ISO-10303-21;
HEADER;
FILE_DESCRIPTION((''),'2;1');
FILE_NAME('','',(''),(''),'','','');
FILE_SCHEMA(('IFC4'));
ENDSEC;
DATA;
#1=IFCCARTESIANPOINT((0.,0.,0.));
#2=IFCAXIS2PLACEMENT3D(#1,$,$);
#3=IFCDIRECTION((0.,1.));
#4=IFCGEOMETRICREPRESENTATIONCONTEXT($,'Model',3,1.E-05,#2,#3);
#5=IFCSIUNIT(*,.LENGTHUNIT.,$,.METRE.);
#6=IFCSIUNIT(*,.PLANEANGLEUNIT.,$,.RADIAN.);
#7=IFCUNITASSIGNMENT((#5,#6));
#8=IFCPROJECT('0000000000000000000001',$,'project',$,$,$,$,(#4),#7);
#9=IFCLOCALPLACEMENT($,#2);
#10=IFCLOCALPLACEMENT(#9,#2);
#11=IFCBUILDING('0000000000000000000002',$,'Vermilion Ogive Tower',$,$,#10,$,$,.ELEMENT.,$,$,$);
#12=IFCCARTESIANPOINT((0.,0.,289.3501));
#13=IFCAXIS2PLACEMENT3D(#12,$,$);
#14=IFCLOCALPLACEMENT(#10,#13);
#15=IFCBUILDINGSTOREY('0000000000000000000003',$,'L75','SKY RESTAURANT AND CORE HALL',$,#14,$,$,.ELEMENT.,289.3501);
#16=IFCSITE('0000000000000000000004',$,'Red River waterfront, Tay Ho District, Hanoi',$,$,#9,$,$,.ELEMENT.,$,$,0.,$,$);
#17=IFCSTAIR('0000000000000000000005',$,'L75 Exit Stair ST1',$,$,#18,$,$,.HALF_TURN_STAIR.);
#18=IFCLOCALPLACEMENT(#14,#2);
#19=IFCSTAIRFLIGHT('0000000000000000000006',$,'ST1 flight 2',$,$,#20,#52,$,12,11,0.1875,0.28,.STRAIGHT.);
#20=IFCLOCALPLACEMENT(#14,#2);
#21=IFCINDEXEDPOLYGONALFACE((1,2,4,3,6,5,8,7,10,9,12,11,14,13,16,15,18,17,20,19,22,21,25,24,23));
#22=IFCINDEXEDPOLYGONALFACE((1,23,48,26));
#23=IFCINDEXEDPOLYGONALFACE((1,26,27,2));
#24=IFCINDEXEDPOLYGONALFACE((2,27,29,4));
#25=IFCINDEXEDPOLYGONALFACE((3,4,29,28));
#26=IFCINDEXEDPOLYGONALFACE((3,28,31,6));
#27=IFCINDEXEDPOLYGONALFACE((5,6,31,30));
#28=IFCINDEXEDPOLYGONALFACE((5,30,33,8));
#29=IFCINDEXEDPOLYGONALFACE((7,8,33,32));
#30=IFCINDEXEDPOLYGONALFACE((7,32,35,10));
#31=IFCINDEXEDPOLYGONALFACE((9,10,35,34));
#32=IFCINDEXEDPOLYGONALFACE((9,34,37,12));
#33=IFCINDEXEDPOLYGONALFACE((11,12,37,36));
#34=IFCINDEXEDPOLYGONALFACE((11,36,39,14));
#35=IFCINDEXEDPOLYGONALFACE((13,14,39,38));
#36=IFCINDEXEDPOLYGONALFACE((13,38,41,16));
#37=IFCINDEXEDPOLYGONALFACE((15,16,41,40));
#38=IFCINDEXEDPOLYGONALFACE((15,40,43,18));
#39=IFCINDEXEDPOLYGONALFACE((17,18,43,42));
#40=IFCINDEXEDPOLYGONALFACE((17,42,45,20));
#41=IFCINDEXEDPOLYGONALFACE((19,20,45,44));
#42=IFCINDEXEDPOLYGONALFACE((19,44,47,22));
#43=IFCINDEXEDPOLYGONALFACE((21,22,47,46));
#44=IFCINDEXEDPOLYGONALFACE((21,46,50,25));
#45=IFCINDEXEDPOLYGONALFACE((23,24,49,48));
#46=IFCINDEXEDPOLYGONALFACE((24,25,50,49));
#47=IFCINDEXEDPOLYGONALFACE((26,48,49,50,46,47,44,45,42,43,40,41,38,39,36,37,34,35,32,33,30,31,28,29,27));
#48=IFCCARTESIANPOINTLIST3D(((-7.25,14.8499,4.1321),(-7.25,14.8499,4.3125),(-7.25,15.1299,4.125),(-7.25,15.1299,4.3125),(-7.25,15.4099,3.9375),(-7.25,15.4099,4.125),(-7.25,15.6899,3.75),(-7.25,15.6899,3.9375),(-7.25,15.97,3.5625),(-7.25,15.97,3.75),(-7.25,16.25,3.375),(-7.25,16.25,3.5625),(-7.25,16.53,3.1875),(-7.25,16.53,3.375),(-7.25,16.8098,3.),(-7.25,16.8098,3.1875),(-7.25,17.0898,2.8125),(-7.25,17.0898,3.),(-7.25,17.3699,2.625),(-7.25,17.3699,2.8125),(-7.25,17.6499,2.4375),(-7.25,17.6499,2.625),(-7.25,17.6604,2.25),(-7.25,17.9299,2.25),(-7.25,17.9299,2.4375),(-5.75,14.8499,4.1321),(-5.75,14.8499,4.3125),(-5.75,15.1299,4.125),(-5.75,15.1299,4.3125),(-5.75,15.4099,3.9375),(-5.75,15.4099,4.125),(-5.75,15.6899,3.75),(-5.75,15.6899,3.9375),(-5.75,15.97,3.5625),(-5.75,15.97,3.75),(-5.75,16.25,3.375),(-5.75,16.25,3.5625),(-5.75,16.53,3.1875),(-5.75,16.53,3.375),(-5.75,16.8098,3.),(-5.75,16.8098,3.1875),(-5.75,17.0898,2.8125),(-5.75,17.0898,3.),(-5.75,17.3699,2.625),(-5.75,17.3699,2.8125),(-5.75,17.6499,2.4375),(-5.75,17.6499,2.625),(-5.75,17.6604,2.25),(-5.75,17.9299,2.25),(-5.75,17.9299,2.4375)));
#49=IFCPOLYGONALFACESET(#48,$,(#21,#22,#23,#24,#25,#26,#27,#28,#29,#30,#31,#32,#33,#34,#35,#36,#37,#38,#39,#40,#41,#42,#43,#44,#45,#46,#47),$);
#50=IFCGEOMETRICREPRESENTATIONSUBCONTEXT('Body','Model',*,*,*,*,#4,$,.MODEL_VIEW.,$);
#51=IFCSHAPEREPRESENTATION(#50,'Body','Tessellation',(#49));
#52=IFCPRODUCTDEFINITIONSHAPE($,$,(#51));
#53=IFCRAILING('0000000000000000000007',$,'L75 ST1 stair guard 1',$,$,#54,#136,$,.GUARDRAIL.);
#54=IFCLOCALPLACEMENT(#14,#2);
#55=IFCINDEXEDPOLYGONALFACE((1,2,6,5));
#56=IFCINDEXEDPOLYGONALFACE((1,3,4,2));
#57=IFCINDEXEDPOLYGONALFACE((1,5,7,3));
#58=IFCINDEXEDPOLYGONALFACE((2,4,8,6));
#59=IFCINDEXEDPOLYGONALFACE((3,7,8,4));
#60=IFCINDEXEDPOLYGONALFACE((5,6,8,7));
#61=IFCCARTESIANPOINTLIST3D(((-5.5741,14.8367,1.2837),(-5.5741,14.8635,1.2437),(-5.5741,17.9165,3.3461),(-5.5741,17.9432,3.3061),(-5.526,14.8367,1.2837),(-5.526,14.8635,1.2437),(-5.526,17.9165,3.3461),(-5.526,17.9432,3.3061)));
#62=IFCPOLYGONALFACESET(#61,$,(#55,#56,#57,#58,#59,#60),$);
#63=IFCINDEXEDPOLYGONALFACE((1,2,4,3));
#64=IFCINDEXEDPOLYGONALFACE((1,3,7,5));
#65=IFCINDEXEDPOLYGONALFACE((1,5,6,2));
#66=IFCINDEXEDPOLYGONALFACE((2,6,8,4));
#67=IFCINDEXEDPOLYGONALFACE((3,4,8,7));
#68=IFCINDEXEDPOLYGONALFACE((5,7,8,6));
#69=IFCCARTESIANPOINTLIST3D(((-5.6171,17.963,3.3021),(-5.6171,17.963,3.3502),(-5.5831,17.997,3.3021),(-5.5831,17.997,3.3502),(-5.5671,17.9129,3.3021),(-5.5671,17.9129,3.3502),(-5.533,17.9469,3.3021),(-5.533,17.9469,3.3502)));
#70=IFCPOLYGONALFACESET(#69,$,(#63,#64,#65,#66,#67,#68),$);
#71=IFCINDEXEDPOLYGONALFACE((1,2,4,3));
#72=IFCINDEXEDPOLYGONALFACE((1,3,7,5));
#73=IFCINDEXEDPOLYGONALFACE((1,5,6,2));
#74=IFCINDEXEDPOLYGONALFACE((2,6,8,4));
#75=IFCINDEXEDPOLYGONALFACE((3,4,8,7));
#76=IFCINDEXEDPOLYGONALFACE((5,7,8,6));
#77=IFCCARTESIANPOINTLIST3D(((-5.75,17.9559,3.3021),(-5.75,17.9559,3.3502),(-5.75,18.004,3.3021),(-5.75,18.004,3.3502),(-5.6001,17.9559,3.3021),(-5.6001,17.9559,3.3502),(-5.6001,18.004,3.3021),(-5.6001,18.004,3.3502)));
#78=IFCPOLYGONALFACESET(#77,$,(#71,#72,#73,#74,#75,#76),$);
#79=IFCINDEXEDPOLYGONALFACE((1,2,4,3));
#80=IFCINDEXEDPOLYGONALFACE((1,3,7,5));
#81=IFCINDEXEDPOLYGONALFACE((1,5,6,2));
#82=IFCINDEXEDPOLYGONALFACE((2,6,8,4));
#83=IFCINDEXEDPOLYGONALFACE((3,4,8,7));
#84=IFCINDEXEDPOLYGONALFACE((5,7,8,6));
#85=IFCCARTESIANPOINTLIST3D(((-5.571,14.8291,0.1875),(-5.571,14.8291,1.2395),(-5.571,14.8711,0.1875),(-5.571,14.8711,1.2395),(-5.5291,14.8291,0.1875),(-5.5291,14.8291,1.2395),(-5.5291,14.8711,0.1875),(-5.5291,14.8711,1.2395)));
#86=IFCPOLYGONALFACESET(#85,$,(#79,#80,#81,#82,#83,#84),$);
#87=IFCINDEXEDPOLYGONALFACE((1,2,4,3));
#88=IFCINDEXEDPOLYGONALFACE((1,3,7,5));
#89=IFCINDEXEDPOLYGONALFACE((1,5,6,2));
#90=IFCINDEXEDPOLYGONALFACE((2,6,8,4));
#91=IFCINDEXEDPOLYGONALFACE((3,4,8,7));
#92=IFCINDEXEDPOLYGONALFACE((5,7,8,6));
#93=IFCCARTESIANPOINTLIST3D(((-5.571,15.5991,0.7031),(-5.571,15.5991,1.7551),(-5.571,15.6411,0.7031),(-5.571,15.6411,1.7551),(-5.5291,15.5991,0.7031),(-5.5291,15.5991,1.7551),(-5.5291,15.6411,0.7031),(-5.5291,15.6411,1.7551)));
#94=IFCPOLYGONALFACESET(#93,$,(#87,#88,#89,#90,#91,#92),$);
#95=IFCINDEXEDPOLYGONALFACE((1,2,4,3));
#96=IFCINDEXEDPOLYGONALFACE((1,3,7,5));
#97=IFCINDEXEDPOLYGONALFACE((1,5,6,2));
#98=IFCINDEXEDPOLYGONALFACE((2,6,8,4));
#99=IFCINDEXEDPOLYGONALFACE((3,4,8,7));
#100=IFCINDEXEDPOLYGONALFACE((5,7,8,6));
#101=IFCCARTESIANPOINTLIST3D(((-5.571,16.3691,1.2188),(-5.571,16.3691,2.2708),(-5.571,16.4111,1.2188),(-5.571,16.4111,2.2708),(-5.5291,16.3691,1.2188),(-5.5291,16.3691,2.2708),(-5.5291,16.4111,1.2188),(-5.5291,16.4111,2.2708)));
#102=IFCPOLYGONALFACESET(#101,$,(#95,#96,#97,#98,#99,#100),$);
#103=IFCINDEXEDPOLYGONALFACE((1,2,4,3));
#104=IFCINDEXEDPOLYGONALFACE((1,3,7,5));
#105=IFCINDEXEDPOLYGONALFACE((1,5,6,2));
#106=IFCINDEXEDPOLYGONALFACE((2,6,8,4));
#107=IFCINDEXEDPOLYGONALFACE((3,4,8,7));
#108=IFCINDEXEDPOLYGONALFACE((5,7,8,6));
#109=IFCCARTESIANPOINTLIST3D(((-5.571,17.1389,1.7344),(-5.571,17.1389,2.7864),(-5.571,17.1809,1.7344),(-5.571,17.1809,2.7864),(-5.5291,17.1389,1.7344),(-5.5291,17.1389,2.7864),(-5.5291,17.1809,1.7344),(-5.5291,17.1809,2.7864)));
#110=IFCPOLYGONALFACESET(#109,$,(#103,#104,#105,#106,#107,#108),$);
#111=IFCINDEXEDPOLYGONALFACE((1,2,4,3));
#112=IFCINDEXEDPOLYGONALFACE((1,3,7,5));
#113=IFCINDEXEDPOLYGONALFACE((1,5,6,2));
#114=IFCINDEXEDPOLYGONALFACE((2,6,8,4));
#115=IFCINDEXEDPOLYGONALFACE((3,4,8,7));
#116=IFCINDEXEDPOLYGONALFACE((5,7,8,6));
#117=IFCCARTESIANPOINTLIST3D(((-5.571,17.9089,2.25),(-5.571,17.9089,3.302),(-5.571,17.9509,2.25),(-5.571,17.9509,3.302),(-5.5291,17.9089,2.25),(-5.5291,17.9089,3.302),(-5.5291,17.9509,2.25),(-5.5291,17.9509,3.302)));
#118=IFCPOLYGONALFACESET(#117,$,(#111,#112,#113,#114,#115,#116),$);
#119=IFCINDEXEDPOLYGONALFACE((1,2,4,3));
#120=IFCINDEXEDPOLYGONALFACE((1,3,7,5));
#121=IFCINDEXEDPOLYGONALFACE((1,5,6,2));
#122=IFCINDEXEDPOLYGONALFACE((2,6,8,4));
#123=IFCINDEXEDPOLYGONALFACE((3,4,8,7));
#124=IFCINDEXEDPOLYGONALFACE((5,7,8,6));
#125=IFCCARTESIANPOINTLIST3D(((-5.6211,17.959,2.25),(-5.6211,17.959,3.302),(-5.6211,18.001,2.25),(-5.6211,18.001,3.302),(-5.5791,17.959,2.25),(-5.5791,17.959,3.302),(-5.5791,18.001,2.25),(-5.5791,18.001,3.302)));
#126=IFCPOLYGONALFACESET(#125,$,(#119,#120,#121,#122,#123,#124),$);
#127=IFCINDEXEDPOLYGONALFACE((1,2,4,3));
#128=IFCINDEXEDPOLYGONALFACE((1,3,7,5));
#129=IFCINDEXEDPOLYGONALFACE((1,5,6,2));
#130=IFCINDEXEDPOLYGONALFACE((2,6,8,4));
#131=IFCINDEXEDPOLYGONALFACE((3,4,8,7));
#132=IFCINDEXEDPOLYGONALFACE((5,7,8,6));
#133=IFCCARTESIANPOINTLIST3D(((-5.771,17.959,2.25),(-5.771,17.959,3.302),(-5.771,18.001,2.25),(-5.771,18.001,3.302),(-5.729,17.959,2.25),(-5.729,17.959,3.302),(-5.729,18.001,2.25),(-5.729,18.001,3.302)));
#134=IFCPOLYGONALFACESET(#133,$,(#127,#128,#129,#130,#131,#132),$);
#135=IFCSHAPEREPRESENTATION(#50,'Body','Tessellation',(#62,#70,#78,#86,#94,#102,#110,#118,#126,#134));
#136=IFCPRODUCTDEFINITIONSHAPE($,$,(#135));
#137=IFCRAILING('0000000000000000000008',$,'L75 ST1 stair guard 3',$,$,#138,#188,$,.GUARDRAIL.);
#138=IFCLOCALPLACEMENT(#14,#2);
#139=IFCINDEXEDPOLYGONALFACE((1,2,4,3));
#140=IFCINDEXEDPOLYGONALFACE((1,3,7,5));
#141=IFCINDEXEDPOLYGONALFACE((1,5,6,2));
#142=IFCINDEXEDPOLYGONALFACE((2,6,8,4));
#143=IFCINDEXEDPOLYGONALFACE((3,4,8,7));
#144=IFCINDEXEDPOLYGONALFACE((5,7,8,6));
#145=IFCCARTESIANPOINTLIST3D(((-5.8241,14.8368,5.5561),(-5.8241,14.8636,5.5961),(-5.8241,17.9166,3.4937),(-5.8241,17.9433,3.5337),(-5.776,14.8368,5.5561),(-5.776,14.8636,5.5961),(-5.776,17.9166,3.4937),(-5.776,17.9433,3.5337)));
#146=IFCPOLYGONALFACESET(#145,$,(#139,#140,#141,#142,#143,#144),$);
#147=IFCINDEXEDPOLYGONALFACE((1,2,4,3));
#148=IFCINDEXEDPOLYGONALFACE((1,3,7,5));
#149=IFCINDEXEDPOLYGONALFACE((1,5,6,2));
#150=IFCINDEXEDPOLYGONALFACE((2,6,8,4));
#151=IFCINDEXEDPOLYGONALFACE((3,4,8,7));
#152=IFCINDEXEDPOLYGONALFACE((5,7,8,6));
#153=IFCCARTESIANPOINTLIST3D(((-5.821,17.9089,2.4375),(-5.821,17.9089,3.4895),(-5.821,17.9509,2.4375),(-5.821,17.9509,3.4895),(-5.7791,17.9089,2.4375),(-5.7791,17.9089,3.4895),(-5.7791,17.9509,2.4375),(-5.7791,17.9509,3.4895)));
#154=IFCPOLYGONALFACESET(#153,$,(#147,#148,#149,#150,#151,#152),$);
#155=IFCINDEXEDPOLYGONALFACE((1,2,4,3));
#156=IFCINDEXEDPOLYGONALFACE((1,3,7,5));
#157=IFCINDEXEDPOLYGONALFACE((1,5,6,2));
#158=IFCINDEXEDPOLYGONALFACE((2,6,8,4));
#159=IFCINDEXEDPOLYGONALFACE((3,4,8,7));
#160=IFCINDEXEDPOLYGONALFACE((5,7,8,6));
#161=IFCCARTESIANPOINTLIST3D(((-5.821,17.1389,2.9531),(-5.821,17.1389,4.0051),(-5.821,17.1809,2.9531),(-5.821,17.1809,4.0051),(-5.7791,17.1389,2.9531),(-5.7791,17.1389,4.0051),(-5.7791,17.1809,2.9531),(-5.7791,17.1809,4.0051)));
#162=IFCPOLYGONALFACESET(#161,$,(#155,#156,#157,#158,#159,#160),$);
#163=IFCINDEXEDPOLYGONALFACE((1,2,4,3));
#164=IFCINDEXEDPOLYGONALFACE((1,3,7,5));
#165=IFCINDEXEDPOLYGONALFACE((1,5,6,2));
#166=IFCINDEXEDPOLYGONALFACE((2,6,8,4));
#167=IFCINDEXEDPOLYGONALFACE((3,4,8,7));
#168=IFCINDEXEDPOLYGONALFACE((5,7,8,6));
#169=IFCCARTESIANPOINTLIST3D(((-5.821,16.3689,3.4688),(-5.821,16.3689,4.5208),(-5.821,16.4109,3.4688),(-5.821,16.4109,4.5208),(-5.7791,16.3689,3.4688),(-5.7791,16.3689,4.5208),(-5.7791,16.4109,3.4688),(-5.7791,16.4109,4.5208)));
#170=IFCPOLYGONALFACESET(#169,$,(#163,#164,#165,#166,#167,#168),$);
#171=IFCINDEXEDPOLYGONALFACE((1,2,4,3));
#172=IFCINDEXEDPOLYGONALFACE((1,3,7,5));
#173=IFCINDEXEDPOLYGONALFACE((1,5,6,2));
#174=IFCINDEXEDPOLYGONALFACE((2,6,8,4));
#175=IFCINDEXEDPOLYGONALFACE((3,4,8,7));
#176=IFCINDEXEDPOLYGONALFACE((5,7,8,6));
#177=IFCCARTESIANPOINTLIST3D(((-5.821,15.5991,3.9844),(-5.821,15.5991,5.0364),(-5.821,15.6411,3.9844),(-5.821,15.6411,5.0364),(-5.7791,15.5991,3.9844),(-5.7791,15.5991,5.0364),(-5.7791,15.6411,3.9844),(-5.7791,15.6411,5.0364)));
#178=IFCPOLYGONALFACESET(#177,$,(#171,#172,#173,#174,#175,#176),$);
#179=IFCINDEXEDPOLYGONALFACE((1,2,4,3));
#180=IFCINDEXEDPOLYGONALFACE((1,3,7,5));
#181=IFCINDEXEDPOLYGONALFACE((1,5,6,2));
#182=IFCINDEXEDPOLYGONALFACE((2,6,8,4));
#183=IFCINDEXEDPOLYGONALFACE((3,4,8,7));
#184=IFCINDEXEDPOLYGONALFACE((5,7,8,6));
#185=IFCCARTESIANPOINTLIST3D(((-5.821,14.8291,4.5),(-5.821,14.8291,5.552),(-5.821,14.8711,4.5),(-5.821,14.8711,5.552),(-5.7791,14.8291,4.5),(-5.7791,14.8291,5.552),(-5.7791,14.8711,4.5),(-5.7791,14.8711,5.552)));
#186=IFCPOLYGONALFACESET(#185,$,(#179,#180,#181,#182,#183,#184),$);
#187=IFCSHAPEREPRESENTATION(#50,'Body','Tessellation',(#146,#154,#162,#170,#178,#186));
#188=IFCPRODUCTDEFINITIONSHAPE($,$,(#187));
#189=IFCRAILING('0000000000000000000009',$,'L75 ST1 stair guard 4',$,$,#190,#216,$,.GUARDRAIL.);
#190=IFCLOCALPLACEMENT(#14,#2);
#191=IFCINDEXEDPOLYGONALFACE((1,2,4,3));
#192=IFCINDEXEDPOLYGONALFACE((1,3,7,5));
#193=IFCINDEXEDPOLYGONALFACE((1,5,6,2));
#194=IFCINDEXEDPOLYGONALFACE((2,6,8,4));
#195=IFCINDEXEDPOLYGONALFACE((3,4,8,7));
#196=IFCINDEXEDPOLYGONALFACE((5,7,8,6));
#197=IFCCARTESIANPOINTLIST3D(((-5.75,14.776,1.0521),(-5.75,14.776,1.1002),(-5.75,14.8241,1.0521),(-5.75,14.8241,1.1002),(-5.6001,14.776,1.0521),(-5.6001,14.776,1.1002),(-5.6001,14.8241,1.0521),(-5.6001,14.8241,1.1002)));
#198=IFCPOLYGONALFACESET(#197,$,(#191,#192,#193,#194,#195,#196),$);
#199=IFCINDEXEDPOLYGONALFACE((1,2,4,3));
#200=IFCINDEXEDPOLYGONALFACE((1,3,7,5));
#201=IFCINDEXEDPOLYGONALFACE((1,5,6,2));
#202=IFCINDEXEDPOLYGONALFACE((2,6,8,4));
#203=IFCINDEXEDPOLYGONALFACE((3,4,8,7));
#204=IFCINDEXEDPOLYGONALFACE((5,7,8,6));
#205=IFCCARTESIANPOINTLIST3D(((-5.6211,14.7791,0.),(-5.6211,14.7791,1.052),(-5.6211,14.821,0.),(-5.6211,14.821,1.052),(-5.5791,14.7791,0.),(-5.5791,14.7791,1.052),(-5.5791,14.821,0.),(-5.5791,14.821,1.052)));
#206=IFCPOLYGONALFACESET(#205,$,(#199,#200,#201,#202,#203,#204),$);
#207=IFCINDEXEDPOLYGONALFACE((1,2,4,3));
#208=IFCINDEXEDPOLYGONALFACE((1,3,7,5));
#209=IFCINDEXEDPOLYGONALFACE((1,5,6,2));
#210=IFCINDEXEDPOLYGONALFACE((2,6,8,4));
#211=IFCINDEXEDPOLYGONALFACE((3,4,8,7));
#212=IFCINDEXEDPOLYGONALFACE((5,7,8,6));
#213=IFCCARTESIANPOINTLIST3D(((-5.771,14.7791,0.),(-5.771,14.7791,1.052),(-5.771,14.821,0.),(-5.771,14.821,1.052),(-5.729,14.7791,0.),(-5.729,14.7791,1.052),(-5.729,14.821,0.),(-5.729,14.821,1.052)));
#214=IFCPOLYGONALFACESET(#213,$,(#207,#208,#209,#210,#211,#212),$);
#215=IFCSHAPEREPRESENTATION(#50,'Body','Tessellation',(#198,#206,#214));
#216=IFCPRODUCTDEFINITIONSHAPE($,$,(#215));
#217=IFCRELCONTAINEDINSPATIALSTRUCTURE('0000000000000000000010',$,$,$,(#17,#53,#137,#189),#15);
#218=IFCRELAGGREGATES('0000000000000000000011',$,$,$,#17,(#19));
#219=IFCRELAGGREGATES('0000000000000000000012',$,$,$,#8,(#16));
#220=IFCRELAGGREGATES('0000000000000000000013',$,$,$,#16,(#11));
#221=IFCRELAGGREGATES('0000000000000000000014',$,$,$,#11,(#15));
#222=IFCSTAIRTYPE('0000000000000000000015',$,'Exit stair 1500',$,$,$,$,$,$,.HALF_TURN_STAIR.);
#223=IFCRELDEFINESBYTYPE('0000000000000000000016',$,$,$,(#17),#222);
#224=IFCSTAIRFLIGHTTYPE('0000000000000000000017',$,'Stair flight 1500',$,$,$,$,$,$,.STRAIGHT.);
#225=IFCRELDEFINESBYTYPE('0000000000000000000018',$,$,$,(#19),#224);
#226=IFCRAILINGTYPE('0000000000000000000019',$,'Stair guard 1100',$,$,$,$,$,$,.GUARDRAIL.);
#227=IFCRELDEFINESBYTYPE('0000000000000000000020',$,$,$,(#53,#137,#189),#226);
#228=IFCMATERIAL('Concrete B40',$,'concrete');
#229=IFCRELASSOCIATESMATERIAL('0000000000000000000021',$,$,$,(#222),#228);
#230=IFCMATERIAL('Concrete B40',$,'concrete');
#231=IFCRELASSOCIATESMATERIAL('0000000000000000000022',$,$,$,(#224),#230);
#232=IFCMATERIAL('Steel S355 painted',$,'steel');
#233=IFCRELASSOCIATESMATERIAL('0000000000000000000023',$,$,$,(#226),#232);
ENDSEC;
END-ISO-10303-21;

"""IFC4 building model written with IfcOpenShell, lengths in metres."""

from ifc_helpers import new_model, si_unit, direction, frame, origin, origin_2d, place, context, subcontext, project, spatial, polyline, rectangle, outline, extrude, material, type_object, element, aggregate, save


model = new_model("IFC4")

# Units and contexts
model_context = context("Model", 3, precision=1e-05, world=origin(), true_north=direction((0.0, 1.0)))
body_context = subcontext(model_context, "Body", "Model", "MODEL_VIEW")
ifc_project = project(units=[si_unit("LENGTHUNIT", "METRE"), si_unit("PLANEANGLEUNIT", "RADIAN")], contexts=[model_context])

# Site, building, storey
site_placement = place(None, origin())
site = spatial("IfcSite", under=ifc_project, at=site_placement, Name="Red River waterfront, Tay Ho District, Hanoi", CompositionType="ELEMENT", RefElevation=0.0)
building_placement = place(site_placement, origin())
building = spatial("IfcBuilding", under=site, at=building_placement, Name="Vermilion Ogive Tower", CompositionType="ELEMENT")
storey_placement = place(building_placement, frame((0.0, 0.0, 289.3501)))
storey = spatial("IfcBuildingStorey", under=building, at=storey_placement, Name="L75", Description="SKY RESTAURANT AND CORE HALL", CompositionType="ELEMENT", Elevation=289.3501)

# Stair, stair flight
ifc_material_1 = material(Name="Concrete B40", Category="concrete")
stair_type = type_object("IfcStairType", Name="Exit stair 1500", PredefinedType="HALF_TURN_STAIR", material=ifc_material_1)
stair_placement = place(storey_placement, origin())
stair = element("IfcStair", 1, at=stair_placement, inside=storey, type_object=stair_type, Name="L75 Exit Stair ST1", PredefinedType="HALF_TURN_STAIR")
ifc_material_2 = material(Name="Concrete B40", Category="concrete")
stair_flight_type = type_object("IfcStairFlightType", Name="Stair flight 1500", PredefinedType="STRAIGHT", material=ifc_material_2)
stair_flight_1_placement = place(storey_placement, frame((-6.5, 17.9299, 2.25), z_axis=(0.0, 0.0, 1.0), x_axis=(0.0, -1.0, 0.0)))
stair_flight_1 = element("IfcStairFlight", 2, at=stair_flight_1_placement, type_object=stair_flight_type, Name="ST1 flight 2", NumberOfRisers=12, NumberOfTreads=11, PredefinedType="STRAIGHT", RiserHeight=0.1875, TreadLength=0.28, context=body_context, shape_type="SweptSolid", body=[
    extrude(outline(polyline([(0.0, 0.0), (0.0, 0.1875), (0.28, 0.1875), (0.28, 0.375), (0.5601, 0.375), (0.5601, 0.5625), (0.8401, 0.5625), (0.8401, 0.75), (1.1201, 0.75), (1.1201, 0.9375), (1.3999, 0.9375), (1.3999, 1.125), (1.6799, 1.125), (1.6799, 1.3125), (1.96, 1.3125), (1.96, 1.5), (2.24, 1.5), (2.24, 1.6875), (2.52, 1.6875), (2.52, 1.875), (2.8, 1.875), (2.8, 2.0625), (3.0801, 2.0625), (3.0801, 2.25), (3.0801, 1.8821), (0.2695, 0.0), (0.0, 0.0)])), frame((0.0, 0.75, 0.0), z_axis=(0.0, -1.0, 0.0), x_axis=(1.0, 0.0, 0.0)), (0.0, 0.0, 1.0), 1.5),
])
aggregate(stair, [stair_flight_1])

# Railings
ifc_material_3 = material(Name="Steel S355 painted", Category="steel")
railing_type_1 = type_object("IfcRailingType", Name="Stair guard 1100", PredefinedType="GUARDRAIL", material=ifc_material_3)
railing_1_placement = place(storey_placement, frame((-5.55, 14.8501, 0.1875)))
element("IfcRailing", 3, at=railing_1_placement, inside=storey, type_object=railing_type_1, Name="L75 ST1 stair guard 1", PredefinedType="GUARDRAIL", context=body_context, shape_type="SweptSolid", body=[
    extrude(rectangle(XDim=0.0481, YDim=0.0481, at=origin_2d()), frame((0.0, 0.0, 1.0762), z_axis=(0.0, 0.830893, 0.556432), x_axis=(-1.0, 0.0, 0.0)), (0.0, 0.0, 1.0), 3.7065),
    extrude(rectangle(XDim=0.0481, YDim=0.0481, at=origin_2d()), frame((0.0, 3.0798, 3.1387), z_axis=(-0.707107, 0.707107, 0.0), x_axis=(-0.707107, -0.707107, 0.0)), (0.0, 0.0, 1.0), 0.0708),
    extrude(rectangle(XDim=0.0481, YDim=0.0481, at=origin_2d()), frame((-0.05, 3.1299, 3.1387), z_axis=(-1.0, 0.0, 0.0), x_axis=(0.0, -1.0, 0.0)), (0.0, 0.0, 1.0), 0.1499),
    extrude(rectangle(XDim=0.042, YDim=0.042, at=origin_2d()), origin(), (0.0, 0.0, 1.0), 1.052),
    extrude(rectangle(XDim=0.042, YDim=0.042, at=origin_2d()), frame((0.0, 0.77, 0.5156)), (0.0, 0.0, 1.0), 1.052),
    extrude(rectangle(XDim=0.042, YDim=0.042, at=origin_2d()), frame((0.0, 1.54, 1.0312)), (0.0, 0.0, 1.0), 1.052),
    extrude(rectangle(XDim=0.042, YDim=0.042, at=origin_2d()), frame((0.0, 2.3098, 1.5469)), (0.0, 0.0, 1.0), 1.052),
    extrude(rectangle(XDim=0.042, YDim=0.042, at=origin_2d()), frame((0.0, 3.0798, 2.0625)), (0.0, 0.0, 1.0), 1.052),
    extrude(rectangle(XDim=0.042, YDim=0.042, at=origin_2d()), frame((-0.05, 3.1299, 2.0625)), (0.0, 0.0, 1.0), 1.052),
    extrude(rectangle(XDim=0.042, YDim=0.042, at=origin_2d()), frame((-0.2, 3.1299, 2.0625)), (0.0, 0.0, 1.0), 1.052),
])
railing_2_placement = place(storey_placement, frame((-5.8, 17.9299, 2.4375)))
element("IfcRailing", 4, at=railing_2_placement, inside=storey, type_object=railing_type_1, Name="L75 ST1 stair guard 3", PredefinedType="GUARDRAIL", context=body_context, shape_type="SweptSolid", body=[
    extrude(rectangle(XDim=0.0481, YDim=0.0481, at=origin_2d()), frame((0.0, 0.0, 1.0762), z_axis=(0.0, -0.830893, 0.556432), x_axis=(1.0, 0.0, 0.0)), (0.0, 0.0, 1.0), 3.7065),
    extrude(rectangle(XDim=0.042, YDim=0.042, at=origin_2d()), origin(), (0.0, 0.0, 1.0), 1.052),
    extrude(rectangle(XDim=0.042, YDim=0.042, at=origin_2d()), frame((0.0, -0.77, 0.5156)), (0.0, 0.0, 1.0), 1.052),
    extrude(rectangle(XDim=0.042, YDim=0.042, at=origin_2d()), frame((0.0, -1.54, 1.0312)), (0.0, 0.0, 1.0), 1.052),
    extrude(rectangle(XDim=0.042, YDim=0.042, at=origin_2d()), frame((0.0, -2.3098, 1.5469)), (0.0, 0.0, 1.0), 1.052),
    extrude(rectangle(XDim=0.042, YDim=0.042, at=origin_2d()), frame((0.0, -3.0798, 2.0625)), (0.0, 0.0, 1.0), 1.052),
])
railing_3_placement = place(storey_placement, frame((-5.6001, 14.8, 0.0)))
element("IfcRailing", 5, at=railing_3_placement, inside=storey, type_object=railing_type_1, Name="L75 ST1 stair guard 4", PredefinedType="GUARDRAIL", context=body_context, shape_type="SweptSolid", body=[
    extrude(rectangle(XDim=0.0481, YDim=0.0481, at=origin_2d()), frame((0.0, 0.0, 1.0762), z_axis=(-1.0, 0.0, 0.0), x_axis=(0.0, -1.0, 0.0)), (0.0, 0.0, 1.0), 0.1499),
    extrude(rectangle(XDim=0.042, YDim=0.042, at=origin_2d()), origin(), (0.0, 0.0, 1.0), 1.052),
    extrude(rectangle(XDim=0.042, YDim=0.042, at=origin_2d()), frame((-0.1499, 0.0, 0.0)), (0.0, 0.0, 1.0), 1.052),
])

save(model, "model.ifc")
